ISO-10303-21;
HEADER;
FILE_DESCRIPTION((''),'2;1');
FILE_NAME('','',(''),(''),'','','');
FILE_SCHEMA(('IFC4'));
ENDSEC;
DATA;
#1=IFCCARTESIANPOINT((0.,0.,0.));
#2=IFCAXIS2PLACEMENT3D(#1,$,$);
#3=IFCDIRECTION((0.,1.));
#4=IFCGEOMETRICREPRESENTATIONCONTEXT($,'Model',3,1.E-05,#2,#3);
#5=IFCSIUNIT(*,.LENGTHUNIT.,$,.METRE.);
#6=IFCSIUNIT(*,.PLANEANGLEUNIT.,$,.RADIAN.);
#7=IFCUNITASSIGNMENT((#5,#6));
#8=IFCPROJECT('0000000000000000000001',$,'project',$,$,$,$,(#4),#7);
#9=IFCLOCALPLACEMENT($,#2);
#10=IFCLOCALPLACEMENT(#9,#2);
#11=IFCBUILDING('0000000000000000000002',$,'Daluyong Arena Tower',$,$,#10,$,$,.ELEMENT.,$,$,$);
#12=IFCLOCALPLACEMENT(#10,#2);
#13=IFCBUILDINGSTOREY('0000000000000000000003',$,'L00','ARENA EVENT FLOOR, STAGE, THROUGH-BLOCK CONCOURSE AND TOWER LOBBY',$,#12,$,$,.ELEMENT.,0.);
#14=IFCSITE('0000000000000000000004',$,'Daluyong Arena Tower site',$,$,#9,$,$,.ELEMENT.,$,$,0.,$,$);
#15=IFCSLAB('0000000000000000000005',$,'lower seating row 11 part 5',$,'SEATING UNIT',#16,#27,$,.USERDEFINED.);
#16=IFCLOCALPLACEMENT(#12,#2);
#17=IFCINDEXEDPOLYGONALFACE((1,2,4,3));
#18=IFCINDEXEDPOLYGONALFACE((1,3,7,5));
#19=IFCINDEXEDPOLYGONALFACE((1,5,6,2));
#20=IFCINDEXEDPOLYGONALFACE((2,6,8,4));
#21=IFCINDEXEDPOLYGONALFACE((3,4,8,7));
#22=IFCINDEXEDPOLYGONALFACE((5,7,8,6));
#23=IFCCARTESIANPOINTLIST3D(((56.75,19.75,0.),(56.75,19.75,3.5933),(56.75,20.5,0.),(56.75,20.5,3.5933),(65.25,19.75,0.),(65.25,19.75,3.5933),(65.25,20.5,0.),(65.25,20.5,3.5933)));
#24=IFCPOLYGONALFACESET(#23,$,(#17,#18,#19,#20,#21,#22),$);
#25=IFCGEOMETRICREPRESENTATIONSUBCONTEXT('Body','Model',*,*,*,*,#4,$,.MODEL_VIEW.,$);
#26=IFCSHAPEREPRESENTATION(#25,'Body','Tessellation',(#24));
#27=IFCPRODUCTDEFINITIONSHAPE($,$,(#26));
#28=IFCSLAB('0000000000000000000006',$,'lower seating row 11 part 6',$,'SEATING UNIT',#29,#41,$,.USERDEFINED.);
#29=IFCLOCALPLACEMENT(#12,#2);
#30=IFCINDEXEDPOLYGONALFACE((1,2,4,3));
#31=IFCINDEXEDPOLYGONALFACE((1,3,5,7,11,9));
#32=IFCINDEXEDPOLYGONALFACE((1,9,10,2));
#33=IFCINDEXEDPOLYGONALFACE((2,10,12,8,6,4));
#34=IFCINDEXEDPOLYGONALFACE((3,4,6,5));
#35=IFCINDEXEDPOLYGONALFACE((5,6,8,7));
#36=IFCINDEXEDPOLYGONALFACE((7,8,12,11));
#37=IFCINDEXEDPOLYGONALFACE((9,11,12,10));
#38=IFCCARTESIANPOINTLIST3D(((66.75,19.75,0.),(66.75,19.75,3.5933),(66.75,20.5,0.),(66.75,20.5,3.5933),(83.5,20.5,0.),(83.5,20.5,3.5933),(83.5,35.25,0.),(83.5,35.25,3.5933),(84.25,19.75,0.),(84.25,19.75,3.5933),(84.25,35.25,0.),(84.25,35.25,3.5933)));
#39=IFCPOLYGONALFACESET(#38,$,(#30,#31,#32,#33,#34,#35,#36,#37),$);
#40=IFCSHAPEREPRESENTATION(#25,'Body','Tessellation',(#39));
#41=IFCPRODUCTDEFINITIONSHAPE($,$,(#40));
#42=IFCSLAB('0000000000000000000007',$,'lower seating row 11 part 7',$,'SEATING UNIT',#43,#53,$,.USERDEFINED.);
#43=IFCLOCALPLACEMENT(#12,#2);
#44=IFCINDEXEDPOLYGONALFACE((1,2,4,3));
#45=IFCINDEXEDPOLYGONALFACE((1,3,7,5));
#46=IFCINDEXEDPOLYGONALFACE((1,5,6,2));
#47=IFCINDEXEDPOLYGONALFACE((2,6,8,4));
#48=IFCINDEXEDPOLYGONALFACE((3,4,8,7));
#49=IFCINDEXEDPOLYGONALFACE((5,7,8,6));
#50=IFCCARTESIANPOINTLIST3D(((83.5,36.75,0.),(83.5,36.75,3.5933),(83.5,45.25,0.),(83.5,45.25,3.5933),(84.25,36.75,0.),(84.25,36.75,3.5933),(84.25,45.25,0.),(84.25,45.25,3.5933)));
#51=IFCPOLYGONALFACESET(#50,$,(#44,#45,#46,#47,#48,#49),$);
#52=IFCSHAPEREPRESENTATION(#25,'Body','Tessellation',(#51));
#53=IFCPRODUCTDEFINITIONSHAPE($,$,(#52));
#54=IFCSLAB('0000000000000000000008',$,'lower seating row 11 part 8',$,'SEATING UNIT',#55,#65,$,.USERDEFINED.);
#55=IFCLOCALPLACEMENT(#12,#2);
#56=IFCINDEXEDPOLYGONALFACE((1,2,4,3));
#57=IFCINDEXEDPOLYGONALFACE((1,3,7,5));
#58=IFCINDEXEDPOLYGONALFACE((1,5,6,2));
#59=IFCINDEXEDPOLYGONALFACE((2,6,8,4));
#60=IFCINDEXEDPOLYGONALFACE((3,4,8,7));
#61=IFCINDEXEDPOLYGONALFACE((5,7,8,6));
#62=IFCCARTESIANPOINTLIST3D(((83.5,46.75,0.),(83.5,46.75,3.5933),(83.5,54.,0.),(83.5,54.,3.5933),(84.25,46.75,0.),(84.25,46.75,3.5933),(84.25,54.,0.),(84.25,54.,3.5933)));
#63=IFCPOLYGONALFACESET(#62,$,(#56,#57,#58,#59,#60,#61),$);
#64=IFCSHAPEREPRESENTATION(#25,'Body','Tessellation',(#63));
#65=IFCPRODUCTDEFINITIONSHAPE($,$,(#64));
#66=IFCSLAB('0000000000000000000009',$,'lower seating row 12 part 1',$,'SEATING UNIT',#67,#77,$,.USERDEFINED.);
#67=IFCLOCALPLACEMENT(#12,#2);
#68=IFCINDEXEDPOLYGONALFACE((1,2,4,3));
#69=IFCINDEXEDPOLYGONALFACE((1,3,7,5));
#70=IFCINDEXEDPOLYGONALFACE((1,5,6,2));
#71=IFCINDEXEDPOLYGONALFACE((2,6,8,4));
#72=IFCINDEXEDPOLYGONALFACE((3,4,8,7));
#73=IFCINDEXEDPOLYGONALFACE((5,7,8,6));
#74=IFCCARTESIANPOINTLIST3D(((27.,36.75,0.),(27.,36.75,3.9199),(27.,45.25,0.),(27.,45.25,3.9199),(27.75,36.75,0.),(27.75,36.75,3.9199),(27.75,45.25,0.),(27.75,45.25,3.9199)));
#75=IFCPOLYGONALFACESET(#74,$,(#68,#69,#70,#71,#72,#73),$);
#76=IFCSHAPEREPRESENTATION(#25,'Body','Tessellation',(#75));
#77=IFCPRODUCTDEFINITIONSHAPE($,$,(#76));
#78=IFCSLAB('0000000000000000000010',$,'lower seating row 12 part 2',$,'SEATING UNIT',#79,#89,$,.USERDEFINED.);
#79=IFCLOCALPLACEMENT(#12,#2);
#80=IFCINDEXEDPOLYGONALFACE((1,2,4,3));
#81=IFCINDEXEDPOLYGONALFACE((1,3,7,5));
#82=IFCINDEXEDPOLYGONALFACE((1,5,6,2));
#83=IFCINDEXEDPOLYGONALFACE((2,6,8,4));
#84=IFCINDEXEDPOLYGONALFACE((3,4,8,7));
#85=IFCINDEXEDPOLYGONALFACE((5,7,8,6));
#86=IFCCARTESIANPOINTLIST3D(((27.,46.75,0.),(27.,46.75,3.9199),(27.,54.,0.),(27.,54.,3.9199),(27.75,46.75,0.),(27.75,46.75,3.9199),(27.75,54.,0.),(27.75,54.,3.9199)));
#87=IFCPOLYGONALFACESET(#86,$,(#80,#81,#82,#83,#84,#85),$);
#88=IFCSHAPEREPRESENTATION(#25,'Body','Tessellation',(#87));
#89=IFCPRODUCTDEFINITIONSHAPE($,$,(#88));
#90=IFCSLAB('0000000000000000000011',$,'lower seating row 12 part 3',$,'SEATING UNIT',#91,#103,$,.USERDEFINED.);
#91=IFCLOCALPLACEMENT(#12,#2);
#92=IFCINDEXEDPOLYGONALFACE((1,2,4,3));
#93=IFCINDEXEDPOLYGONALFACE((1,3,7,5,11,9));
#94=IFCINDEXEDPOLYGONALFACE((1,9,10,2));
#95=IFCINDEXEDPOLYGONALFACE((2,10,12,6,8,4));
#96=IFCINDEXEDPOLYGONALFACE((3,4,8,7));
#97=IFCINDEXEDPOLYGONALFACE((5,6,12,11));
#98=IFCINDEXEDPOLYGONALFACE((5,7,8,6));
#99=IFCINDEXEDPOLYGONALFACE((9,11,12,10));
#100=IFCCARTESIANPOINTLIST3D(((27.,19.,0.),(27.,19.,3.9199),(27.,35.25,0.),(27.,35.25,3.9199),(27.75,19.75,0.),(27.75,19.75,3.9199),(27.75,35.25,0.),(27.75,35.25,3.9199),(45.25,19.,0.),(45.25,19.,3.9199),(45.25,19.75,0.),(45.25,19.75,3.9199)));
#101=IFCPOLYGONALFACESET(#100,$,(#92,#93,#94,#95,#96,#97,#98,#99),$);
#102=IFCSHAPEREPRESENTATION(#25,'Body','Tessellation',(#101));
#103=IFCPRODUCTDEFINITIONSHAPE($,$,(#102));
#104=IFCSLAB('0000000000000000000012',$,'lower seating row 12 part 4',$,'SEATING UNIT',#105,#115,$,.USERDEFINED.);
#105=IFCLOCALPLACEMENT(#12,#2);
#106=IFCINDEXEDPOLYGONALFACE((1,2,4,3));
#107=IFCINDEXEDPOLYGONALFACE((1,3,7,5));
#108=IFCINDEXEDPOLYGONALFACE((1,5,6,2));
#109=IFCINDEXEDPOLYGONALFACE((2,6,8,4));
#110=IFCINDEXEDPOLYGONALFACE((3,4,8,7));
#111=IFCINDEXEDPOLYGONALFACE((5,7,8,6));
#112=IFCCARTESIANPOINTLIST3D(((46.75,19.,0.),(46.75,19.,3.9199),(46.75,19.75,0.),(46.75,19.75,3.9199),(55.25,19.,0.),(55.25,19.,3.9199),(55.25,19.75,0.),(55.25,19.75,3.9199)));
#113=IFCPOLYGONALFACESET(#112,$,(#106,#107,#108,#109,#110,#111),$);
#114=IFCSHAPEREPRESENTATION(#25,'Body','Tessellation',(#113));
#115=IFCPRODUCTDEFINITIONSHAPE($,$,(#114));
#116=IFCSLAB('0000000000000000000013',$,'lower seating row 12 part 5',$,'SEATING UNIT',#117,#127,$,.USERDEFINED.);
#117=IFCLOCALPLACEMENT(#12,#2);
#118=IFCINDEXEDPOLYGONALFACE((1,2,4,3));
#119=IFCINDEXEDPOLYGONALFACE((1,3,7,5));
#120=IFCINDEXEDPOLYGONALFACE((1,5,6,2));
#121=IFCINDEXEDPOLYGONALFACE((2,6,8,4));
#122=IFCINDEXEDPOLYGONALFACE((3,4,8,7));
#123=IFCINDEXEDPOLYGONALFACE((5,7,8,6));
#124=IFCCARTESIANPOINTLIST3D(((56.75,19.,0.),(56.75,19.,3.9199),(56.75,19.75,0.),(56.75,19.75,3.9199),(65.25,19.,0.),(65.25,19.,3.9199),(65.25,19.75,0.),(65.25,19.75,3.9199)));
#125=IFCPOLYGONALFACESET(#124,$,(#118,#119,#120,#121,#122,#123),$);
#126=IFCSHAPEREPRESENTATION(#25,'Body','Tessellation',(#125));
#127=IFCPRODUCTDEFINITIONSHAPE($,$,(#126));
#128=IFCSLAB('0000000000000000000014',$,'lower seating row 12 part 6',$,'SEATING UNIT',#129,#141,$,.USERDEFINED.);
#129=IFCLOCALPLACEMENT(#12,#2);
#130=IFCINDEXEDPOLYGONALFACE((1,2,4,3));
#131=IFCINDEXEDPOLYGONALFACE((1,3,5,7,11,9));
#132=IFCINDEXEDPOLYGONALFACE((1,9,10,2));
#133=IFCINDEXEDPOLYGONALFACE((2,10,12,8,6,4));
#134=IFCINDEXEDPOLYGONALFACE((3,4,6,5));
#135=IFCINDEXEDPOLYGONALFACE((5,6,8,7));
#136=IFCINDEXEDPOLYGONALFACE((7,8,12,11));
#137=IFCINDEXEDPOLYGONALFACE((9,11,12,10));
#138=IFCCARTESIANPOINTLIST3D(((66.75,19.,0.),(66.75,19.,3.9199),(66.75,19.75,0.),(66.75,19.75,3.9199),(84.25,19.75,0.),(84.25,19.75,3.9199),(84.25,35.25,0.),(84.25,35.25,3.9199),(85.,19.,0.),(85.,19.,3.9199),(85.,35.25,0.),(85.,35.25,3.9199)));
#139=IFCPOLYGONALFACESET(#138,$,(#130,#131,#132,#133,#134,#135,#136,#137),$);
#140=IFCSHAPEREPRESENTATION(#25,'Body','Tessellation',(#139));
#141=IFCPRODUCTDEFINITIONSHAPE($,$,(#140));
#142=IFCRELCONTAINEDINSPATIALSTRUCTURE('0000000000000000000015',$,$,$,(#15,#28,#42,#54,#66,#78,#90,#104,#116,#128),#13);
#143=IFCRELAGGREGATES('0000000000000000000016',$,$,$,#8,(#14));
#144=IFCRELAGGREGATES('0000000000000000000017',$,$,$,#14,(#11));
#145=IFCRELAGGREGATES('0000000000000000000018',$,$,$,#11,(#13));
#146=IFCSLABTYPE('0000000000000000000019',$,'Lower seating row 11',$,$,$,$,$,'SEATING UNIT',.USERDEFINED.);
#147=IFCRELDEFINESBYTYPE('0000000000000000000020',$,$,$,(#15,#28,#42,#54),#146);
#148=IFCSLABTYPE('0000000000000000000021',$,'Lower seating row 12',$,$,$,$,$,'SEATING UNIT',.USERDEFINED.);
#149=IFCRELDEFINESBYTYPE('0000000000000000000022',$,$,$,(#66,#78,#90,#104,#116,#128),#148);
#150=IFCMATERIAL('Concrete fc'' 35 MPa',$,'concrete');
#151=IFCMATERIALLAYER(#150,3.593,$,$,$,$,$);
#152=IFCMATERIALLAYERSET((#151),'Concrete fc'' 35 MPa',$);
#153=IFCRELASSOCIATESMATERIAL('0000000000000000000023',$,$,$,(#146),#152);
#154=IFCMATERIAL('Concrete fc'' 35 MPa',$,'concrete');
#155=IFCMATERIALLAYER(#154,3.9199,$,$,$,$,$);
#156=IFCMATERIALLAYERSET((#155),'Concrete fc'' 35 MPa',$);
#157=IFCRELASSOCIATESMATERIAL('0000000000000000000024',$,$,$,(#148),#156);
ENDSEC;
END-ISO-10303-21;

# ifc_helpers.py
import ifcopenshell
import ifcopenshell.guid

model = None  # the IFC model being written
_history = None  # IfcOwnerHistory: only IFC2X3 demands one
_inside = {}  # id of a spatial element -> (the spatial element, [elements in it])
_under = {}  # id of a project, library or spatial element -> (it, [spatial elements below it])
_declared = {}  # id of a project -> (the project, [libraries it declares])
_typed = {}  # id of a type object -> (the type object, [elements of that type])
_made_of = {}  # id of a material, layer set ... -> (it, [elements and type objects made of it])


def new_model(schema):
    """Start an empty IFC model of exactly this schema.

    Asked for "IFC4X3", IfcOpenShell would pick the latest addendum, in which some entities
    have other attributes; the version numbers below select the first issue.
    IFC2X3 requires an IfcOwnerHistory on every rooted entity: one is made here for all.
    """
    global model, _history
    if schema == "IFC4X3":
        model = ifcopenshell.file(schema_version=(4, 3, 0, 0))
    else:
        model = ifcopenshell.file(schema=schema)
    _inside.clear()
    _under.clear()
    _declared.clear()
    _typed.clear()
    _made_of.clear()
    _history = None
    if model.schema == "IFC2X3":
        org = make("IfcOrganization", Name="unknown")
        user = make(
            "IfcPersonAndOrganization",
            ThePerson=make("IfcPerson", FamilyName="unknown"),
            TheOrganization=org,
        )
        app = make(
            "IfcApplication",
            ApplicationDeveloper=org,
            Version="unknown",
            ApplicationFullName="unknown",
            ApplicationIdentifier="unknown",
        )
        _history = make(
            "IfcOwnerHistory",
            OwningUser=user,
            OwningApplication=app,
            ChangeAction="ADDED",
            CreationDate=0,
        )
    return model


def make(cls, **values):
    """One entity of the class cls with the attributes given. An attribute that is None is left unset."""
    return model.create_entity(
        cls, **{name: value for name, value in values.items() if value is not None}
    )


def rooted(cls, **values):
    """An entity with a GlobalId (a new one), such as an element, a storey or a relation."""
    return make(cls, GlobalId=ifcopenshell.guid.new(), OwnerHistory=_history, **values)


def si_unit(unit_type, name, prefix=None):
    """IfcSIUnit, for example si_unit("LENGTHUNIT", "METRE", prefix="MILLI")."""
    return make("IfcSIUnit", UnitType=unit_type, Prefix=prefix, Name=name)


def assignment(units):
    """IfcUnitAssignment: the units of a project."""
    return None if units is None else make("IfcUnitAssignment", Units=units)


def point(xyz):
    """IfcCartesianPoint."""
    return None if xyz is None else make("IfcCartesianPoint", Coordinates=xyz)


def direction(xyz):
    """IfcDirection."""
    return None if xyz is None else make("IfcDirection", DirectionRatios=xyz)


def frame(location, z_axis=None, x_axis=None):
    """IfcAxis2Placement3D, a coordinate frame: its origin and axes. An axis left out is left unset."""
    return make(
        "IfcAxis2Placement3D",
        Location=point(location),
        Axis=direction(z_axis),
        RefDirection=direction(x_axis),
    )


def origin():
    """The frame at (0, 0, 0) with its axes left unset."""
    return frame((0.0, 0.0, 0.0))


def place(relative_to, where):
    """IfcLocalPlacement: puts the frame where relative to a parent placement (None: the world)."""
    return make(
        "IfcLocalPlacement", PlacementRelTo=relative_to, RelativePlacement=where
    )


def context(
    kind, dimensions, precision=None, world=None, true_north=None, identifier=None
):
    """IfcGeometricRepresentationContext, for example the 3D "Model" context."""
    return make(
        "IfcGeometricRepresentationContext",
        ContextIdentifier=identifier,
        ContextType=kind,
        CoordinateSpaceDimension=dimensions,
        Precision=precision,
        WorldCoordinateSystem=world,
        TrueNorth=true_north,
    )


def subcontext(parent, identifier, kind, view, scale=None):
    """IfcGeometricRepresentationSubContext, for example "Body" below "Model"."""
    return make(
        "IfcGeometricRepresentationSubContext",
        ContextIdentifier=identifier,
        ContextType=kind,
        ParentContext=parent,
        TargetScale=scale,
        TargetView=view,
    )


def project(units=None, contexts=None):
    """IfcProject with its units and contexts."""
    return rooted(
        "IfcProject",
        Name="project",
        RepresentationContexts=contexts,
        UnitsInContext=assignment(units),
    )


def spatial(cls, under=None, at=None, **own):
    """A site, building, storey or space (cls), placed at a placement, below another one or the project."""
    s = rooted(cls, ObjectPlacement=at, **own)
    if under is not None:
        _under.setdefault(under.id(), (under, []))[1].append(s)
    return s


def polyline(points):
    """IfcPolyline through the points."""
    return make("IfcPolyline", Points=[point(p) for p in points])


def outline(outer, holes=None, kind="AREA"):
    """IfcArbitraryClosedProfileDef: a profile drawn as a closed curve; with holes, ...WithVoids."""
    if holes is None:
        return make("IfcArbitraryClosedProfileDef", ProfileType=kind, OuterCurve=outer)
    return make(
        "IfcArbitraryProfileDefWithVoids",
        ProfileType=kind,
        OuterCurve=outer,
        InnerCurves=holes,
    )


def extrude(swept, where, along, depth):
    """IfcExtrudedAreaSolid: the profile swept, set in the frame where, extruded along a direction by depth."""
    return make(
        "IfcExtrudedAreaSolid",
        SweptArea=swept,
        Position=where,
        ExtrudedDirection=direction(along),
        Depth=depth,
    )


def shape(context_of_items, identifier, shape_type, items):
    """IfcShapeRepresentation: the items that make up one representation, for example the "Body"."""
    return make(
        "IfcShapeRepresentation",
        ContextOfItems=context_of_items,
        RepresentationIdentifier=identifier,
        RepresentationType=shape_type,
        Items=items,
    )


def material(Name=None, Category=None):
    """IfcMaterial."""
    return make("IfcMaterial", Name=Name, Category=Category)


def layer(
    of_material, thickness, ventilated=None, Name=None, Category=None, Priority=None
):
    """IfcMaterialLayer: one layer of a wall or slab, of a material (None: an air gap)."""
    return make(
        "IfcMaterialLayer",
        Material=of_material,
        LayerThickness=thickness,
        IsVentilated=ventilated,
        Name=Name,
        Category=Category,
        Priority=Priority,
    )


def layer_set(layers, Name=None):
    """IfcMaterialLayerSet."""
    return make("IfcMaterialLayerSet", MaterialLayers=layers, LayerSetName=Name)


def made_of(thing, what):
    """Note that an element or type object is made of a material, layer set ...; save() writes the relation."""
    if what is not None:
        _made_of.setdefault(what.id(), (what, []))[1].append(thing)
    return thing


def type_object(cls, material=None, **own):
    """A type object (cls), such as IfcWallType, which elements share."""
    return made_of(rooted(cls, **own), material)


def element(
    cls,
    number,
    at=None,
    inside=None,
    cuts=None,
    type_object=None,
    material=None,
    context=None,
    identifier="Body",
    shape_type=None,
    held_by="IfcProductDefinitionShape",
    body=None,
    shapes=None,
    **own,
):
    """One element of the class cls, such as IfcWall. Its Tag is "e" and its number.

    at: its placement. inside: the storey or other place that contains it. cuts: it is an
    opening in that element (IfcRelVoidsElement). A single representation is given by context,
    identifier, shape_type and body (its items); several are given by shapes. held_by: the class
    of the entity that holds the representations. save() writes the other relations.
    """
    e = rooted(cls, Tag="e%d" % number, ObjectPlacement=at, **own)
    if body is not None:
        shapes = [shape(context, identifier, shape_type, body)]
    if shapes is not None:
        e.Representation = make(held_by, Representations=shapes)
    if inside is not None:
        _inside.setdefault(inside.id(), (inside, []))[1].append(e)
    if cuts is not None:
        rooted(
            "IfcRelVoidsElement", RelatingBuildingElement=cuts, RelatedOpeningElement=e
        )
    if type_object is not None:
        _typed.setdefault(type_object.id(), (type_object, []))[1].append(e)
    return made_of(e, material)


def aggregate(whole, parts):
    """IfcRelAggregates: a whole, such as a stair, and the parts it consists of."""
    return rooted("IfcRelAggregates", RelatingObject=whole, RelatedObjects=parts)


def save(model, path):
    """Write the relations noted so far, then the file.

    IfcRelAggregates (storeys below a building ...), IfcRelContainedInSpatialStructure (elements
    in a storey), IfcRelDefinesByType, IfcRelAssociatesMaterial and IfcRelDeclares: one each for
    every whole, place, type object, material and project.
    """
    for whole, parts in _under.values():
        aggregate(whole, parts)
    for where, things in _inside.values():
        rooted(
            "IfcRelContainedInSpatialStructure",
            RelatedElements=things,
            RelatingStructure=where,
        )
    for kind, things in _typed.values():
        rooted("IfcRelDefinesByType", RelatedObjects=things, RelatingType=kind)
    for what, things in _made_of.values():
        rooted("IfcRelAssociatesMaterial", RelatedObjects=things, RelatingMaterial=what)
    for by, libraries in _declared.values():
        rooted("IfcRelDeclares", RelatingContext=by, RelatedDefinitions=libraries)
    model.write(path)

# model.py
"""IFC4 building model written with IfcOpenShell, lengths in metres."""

from ifc_helpers import new_model, si_unit, direction, origin, place, context, subcontext, project, spatial, polyline, outline, extrude, material, layer, layer_set, type_object, element, save


model = new_model("IFC4")

# Units and contexts
model_context = context("Model", 3, precision=1e-05, world=origin(), true_north=direction((0.0, 1.0)))
body_context = subcontext(model_context, "Body", "Model", "MODEL_VIEW")
ifc_project = project(units=[si_unit("LENGTHUNIT", "METRE"), si_unit("PLANEANGLEUNIT", "RADIAN")], contexts=[model_context])

# Site, building, storey
site_placement = place(None, origin())
site = spatial("IfcSite", under=ifc_project, at=site_placement, Name="Daluyong Arena Tower site", CompositionType="ELEMENT", RefElevation=0.0)
building_placement = place(site_placement, origin())
building = spatial("IfcBuilding", under=site, at=building_placement, Name="Daluyong Arena Tower", CompositionType="ELEMENT")
storey_placement = place(building_placement, origin())
storey = spatial("IfcBuildingStorey", under=building, at=storey_placement, Name="L00", Description="ARENA EVENT FLOOR, STAGE, THROUGH-BLOCK CONCOURSE AND TOWER LOBBY", CompositionType="ELEMENT", Elevation=0.0)

# Slabs
ifc_material_1 = material(Name="Concrete fc' 35 MPa", Category="concrete")
ifc_layer_1 = layer(ifc_material_1, 3.593)
ifc_layer_set_1 = layer_set([ifc_layer_1], Name="Concrete fc' 35 MPa")
slab_type_1 = type_object("IfcSlabType", Name="Lower seating row 11", ElementType="SEATING UNIT", PredefinedType="USERDEFINED", material=ifc_layer_set_1)
slab_1_placement = place(storey_placement, origin())
element("IfcSlab", 1, at=slab_1_placement, inside=storey, type_object=slab_type_1, Name="lower seating row 11 part 5", ObjectType="SEATING UNIT", PredefinedType="USERDEFINED", context=body_context, shape_type="SweptSolid", body=[
    extrude(outline(polyline([(56.75, 19.75), (65.25, 19.75), (65.25, 20.5), (56.75, 20.5), (56.75, 19.75)])), origin(), (0.0, 0.0, 1.0), 3.5933),
])
slab_2_placement = place(storey_placement, origin())
element("IfcSlab", 2, at=slab_2_placement, inside=storey, type_object=slab_type_1, Name="lower seating row 11 part 6", ObjectType="SEATING UNIT", PredefinedType="USERDEFINED", context=body_context, shape_type="SweptSolid", body=[
    extrude(outline(polyline([(84.25, 19.75), (84.25, 35.25), (83.5, 35.25), (83.5, 20.5), (66.75, 20.5), (66.75, 19.75), (84.25, 19.75)])), origin(), (0.0, 0.0, 1.0), 3.5933),
])
slab_3_placement = place(storey_placement, origin())
element("IfcSlab", 3, at=slab_3_placement, inside=storey, type_object=slab_type_1, Name="lower seating row 11 part 7", ObjectType="SEATING UNIT", PredefinedType="USERDEFINED", context=body_context, shape_type="SweptSolid", body=[
    extrude(outline(polyline([(84.25, 36.75), (84.25, 45.25), (83.5, 45.25), (83.5, 36.75), (84.25, 36.75)])), origin(), (0.0, 0.0, 1.0), 3.5933),
])
slab_4_placement = place(storey_placement, origin())
element("IfcSlab", 4, at=slab_4_placement, inside=storey, type_object=slab_type_1, Name="lower seating row 11 part 8", ObjectType="SEATING UNIT", PredefinedType="USERDEFINED", context=body_context, shape_type="SweptSolid", body=[
    extrude(outline(polyline([(84.25, 46.75), (84.25, 54.0), (83.5, 54.0), (83.5, 46.75), (84.25, 46.75)])), origin(), (0.0, 0.0, 1.0), 3.5933),
])
ifc_material_2 = material(Name="Concrete fc' 35 MPa", Category="concrete")
ifc_layer_2 = layer(ifc_material_2, 3.9199)
ifc_layer_set_2 = layer_set([ifc_layer_2], Name="Concrete fc' 35 MPa")
slab_type_2 = type_object("IfcSlabType", Name="Lower seating row 12", ElementType="SEATING UNIT", PredefinedType="USERDEFINED", material=ifc_layer_set_2)
slab_5_placement = place(storey_placement, origin())
element("IfcSlab", 5, at=slab_5_placement, inside=storey, type_object=slab_type_2, Name="lower seating row 12 part 1", ObjectType="SEATING UNIT", PredefinedType="USERDEFINED", context=body_context, shape_type="SweptSolid", body=[
    extrude(outline(polyline([(27.0, 45.25), (27.0, 36.75), (27.75, 36.75), (27.75, 45.25), (27.0, 45.25)])), origin(), (0.0, 0.0, 1.0), 3.9199),
])
slab_6_placement = place(storey_placement, origin())
element("IfcSlab", 6, at=slab_6_placement, inside=storey, type_object=slab_type_2, Name="lower seating row 12 part 2", ObjectType="SEATING UNIT", PredefinedType="USERDEFINED", context=body_context, shape_type="SweptSolid", body=[
    extrude(outline(polyline([(27.0, 54.0), (27.0, 46.75), (27.75, 46.75), (27.75, 54.0), (27.0, 54.0)])), origin(), (0.0, 0.0, 1.0), 3.9199),
])
slab_7_placement = place(storey_placement, origin())
element("IfcSlab", 7, at=slab_7_placement, inside=storey, type_object=slab_type_2, Name="lower seating row 12 part 3", ObjectType="SEATING UNIT", PredefinedType="USERDEFINED", context=body_context, shape_type="SweptSolid", body=[
    extrude(outline(polyline([(27.0, 19.0), (45.25, 19.0), (45.25, 19.75), (27.75, 19.75), (27.75, 35.25), (27.0, 35.25), (27.0, 19.0)])), origin(), (0.0, 0.0, 1.0), 3.9199),
])
slab_8_placement = place(storey_placement, origin())
element("IfcSlab", 8, at=slab_8_placement, inside=storey, type_object=slab_type_2, Name="lower seating row 12 part 4", ObjectType="SEATING UNIT", PredefinedType="USERDEFINED", context=body_context, shape_type="SweptSolid", body=[
    extrude(outline(polyline([(46.75, 19.0), (55.25, 19.0), (55.25, 19.75), (46.75, 19.75), (46.75, 19.0)])), origin(), (0.0, 0.0, 1.0), 3.9199),
])
slab_9_placement = place(storey_placement, origin())
element("IfcSlab", 9, at=slab_9_placement, inside=storey, type_object=slab_type_2, Name="lower seating row 12 part 5", ObjectType="SEATING UNIT", PredefinedType="USERDEFINED", context=body_context, shape_type="SweptSolid", body=[
    extrude(outline(polyline([(56.75, 19.0), (65.25, 19.0), (65.25, 19.75), (56.75, 19.75), (56.75, 19.0)])), origin(), (0.0, 0.0, 1.0), 3.9199),
])
slab_10_placement = place(storey_placement, origin())
element("IfcSlab", 10, at=slab_10_placement, inside=storey, type_object=slab_type_2, Name="lower seating row 12 part 6", ObjectType="SEATING UNIT", PredefinedType="USERDEFINED", context=body_context, shape_type="SweptSolid", body=[
    extrude(outline(polyline([(85.0, 19.0), (85.0, 35.25), (84.25, 35.25), (84.25, 19.75), (66.75, 19.75), (66.75, 19.0), (85.0, 19.0)])), origin(), (0.0, 0.0, 1.0), 3.9199),
])

save(model, "model.ifc")
